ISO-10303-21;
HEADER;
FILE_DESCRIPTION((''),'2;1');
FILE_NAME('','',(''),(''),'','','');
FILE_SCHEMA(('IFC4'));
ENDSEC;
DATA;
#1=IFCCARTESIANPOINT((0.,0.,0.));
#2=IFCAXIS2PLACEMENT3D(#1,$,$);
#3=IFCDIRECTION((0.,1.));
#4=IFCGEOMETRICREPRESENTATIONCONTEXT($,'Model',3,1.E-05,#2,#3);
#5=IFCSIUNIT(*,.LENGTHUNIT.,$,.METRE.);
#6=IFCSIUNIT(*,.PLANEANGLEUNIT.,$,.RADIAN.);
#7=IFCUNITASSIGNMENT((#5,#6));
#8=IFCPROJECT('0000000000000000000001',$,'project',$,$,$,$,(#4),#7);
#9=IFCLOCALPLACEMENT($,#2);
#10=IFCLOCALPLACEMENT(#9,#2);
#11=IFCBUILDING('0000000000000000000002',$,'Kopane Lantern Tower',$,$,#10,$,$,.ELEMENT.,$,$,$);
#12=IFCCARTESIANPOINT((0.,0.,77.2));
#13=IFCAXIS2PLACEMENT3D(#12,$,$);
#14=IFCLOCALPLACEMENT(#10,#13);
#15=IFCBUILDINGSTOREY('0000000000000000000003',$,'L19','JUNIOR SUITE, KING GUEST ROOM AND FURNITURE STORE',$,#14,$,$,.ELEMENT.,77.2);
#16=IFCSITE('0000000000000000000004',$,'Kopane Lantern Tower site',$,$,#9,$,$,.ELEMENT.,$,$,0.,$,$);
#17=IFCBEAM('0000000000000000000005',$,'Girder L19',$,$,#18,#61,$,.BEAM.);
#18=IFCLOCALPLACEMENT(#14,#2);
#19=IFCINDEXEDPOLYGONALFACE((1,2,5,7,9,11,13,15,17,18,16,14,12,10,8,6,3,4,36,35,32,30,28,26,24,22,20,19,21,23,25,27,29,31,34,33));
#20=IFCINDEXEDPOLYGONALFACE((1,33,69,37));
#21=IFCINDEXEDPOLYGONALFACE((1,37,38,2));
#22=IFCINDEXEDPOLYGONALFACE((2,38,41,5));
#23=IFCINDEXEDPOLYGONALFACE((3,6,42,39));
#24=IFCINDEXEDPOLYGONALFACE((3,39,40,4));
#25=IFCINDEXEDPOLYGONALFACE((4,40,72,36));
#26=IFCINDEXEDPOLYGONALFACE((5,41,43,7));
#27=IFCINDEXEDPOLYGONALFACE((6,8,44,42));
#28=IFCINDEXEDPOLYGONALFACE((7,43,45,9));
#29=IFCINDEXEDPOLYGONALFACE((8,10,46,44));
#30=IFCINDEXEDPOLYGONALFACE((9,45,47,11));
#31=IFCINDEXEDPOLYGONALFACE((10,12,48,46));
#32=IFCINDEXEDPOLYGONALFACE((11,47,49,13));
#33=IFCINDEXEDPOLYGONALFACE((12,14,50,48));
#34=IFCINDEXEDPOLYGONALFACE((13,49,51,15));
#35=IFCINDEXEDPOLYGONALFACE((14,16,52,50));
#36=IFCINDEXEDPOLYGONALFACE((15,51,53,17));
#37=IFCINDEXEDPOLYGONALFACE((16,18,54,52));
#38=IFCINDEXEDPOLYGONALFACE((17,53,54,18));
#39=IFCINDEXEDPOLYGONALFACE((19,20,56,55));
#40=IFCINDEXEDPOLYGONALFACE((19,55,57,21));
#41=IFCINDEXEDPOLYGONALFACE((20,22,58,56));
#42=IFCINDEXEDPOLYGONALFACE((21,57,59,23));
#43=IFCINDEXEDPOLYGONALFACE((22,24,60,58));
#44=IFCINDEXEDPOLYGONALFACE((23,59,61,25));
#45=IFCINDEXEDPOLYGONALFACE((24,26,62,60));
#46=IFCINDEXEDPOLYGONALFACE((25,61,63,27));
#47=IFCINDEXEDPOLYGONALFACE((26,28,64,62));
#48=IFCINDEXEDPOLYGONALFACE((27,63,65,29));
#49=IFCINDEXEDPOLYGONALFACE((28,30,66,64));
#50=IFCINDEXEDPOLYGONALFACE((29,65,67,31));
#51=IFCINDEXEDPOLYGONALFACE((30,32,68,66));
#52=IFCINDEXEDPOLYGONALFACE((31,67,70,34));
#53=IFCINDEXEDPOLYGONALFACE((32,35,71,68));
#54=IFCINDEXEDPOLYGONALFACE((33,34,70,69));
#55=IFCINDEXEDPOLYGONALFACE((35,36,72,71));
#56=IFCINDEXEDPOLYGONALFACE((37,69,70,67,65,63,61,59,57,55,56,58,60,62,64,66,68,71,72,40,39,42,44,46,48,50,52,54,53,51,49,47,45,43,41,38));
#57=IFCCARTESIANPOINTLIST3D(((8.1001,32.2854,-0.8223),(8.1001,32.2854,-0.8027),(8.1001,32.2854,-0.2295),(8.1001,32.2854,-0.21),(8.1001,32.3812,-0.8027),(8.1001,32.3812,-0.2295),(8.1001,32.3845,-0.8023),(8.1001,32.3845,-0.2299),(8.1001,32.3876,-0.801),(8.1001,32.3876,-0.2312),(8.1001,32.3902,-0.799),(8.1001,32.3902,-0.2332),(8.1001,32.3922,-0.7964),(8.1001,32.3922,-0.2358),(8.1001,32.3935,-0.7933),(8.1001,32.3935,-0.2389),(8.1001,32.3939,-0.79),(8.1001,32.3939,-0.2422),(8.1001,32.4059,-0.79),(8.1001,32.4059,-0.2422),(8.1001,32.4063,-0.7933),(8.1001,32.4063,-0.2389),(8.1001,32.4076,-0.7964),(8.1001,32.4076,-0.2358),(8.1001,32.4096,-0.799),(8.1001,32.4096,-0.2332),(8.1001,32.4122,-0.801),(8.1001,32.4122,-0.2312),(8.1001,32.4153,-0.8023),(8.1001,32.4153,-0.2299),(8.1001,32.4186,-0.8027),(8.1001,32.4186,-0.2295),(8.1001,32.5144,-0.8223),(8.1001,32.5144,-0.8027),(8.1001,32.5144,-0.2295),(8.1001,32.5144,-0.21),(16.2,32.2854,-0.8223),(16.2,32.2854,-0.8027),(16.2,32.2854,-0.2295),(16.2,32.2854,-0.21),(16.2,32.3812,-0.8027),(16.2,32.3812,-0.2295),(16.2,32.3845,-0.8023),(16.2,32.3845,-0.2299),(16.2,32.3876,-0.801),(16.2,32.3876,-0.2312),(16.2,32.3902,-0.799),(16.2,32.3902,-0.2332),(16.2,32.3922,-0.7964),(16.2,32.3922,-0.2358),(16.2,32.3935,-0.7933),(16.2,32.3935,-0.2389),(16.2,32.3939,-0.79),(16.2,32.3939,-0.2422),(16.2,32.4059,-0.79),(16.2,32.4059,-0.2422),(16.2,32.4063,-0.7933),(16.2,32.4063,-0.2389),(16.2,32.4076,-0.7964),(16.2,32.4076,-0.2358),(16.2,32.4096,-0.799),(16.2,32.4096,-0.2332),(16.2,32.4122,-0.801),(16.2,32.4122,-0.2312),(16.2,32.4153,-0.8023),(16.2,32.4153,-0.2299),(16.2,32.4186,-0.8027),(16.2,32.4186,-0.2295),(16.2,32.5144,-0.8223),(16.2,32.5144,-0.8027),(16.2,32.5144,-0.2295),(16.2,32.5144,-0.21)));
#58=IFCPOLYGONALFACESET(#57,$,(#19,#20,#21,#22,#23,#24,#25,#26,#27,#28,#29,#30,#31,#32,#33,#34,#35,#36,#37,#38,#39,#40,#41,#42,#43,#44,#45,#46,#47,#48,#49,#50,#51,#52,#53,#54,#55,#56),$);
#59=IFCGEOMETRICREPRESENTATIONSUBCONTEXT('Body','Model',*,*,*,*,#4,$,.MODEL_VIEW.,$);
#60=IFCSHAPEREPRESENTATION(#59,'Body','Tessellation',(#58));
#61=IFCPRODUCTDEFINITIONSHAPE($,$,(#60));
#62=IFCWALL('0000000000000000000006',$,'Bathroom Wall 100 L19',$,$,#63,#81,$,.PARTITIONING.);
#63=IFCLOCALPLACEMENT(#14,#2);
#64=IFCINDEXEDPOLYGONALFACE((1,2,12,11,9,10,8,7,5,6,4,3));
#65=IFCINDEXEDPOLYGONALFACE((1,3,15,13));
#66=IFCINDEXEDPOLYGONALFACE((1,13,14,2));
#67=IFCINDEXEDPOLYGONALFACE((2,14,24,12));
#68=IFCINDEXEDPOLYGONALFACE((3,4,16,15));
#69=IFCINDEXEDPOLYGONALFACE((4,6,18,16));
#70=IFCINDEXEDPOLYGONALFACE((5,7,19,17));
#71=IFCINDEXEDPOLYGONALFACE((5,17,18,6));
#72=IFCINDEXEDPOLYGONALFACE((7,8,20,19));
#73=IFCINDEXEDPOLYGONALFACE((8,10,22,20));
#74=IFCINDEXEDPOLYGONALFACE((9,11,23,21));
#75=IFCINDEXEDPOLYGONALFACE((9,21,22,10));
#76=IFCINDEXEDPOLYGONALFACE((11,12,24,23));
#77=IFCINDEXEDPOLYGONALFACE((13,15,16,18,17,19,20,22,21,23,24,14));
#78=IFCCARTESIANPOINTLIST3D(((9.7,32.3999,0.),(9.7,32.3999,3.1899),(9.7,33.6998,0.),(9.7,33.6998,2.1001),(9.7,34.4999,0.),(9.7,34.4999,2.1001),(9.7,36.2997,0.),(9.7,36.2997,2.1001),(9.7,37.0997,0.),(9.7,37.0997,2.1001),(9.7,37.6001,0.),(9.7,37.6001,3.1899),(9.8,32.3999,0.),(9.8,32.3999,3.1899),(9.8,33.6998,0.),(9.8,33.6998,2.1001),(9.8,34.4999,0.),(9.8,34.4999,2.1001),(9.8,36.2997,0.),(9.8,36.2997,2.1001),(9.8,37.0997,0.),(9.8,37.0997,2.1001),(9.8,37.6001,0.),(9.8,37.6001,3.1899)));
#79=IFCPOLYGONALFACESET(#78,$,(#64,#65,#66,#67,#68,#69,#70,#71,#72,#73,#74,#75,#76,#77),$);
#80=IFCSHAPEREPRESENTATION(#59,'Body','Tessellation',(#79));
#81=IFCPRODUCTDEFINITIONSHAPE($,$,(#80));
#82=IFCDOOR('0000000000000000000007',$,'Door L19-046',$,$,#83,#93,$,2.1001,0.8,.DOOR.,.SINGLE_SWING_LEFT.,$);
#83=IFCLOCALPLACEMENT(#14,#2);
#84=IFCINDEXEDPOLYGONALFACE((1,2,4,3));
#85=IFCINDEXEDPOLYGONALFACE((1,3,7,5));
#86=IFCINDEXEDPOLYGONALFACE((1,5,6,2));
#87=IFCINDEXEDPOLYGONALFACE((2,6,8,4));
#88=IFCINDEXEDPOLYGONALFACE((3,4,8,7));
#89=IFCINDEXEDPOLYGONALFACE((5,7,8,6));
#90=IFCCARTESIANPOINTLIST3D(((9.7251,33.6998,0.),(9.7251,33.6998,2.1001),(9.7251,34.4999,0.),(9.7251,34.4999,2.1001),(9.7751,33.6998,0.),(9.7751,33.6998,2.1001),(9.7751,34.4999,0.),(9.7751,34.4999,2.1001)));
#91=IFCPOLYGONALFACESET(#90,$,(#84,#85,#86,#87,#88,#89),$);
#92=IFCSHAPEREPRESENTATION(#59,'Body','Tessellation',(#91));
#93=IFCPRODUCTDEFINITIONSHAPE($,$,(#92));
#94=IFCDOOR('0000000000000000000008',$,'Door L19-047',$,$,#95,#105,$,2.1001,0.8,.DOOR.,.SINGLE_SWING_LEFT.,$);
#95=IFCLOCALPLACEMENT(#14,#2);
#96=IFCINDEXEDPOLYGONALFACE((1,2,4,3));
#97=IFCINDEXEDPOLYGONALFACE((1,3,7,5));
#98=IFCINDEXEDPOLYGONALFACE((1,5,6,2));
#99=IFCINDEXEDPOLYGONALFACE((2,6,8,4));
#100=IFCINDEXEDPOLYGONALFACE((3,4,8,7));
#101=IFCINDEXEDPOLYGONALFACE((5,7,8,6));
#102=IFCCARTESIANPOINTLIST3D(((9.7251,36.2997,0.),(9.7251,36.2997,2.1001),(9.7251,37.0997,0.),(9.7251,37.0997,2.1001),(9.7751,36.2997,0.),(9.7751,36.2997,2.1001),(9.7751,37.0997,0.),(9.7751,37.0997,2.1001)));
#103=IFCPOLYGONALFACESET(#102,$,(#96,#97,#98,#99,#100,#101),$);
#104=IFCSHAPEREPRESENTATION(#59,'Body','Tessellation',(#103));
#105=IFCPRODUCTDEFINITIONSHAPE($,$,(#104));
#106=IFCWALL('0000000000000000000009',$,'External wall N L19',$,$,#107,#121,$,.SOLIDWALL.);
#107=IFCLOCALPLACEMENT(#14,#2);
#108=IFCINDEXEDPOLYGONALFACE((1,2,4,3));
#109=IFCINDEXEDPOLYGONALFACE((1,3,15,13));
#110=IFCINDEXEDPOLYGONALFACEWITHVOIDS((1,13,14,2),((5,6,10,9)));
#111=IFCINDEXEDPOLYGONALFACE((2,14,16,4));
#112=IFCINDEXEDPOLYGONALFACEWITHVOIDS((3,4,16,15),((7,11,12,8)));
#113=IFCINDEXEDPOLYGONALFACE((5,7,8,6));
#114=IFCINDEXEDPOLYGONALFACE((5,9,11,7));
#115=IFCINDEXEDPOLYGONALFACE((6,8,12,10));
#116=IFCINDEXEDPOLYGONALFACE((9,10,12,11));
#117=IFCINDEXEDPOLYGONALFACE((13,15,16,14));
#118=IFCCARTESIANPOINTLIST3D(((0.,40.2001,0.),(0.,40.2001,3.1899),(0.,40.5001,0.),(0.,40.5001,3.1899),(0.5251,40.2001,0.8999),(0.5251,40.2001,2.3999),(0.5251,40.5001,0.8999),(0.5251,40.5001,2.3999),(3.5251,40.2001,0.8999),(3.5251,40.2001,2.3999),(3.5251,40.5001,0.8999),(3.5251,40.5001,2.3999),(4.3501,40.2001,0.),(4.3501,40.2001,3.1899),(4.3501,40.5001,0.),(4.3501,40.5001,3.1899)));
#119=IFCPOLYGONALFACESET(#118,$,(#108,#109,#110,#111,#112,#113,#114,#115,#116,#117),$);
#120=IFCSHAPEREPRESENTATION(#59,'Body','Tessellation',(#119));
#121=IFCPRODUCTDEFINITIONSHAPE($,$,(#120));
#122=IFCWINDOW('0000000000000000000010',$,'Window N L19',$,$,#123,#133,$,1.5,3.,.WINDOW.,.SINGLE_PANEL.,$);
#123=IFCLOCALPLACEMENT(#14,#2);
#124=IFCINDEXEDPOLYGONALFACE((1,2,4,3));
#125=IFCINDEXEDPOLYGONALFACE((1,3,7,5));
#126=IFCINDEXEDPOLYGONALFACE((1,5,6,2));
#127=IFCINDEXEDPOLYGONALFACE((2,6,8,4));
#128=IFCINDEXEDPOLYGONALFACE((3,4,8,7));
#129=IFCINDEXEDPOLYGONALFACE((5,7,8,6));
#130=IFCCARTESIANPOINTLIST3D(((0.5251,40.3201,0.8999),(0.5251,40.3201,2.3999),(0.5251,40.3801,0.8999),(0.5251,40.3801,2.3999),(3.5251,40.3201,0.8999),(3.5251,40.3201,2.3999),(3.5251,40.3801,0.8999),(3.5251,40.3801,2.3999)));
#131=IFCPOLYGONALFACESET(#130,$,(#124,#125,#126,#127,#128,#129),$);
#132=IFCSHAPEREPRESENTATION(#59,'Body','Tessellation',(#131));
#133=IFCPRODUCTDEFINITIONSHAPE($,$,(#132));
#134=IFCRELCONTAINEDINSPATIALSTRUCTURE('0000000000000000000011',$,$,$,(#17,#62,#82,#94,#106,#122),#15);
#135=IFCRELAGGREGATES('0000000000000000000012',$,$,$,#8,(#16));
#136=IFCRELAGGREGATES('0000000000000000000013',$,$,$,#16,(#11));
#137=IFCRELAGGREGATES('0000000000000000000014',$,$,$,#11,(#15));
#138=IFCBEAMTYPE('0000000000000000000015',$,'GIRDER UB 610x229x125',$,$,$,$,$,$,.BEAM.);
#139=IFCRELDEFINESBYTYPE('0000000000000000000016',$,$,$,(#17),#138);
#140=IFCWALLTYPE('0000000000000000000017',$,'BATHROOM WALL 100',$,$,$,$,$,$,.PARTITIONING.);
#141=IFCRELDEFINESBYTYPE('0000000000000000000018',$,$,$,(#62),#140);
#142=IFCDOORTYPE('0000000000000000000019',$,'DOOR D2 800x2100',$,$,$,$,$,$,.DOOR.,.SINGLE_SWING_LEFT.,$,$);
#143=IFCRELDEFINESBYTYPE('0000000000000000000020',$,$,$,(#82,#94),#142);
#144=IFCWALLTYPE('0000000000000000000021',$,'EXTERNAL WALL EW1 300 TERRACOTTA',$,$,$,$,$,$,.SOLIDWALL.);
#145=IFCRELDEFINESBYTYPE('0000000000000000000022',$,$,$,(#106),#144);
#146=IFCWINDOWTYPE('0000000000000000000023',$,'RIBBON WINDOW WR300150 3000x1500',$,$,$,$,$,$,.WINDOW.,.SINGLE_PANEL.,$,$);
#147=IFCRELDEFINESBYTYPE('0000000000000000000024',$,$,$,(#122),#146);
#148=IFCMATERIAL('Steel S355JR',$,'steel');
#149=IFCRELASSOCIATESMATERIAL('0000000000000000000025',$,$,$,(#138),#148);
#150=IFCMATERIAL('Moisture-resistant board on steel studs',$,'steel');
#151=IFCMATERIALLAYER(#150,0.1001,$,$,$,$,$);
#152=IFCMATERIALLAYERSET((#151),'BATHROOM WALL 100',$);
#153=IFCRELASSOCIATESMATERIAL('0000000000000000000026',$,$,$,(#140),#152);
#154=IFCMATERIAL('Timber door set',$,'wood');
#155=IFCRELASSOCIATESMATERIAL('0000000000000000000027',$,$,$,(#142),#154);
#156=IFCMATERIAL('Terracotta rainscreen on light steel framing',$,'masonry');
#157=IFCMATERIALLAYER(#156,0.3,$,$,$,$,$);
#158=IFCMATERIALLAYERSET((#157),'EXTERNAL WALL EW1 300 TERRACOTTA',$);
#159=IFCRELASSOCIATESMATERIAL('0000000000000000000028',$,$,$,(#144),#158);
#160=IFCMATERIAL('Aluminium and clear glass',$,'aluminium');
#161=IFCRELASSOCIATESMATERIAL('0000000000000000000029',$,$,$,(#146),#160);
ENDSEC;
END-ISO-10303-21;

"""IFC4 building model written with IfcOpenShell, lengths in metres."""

from ifc_helpers import new_model, si_unit, direction, frame, frame_2d, origin, origin_2d, place, context, subcontext, project, spatial, rectangle, i_section, extrude, material, layer, layer_set, material_profile, profile_set, type_object, element, fill, save


model = new_model("IFC4")

# Units and contexts
model_context = context("Model", 3, precision=1e-05, world=origin(), true_north=direction((0.0, 1.0)))
body_context = subcontext(model_context, "Body", "Model", "MODEL_VIEW")
ifc_project = project(units=[si_unit("LENGTHUNIT", "METRE"), si_unit("PLANEANGLEUNIT", "RADIAN")], contexts=[model_context])

# Site, building, storey
site_placement = place(None, origin())
site = spatial("IfcSite", under=ifc_project, at=site_placement, Name="Kopane Lantern Tower site", CompositionType="ELEMENT", RefElevation=0.0)
building_placement = place(site_placement, origin())
building = spatial("IfcBuilding", under=site, at=building_placement, Name="Kopane Lantern Tower", CompositionType="ELEMENT")
storey_placement = place(building_placement, frame((0.0, 0.0, 77.2)))
storey = spatial("IfcBuildingStorey", under=building, at=storey_placement, Name="L19", Description="JUNIOR SUITE, KING GUEST ROOM AND FURNITURE STORE", CompositionType="ELEMENT", Elevation=77.2)

# Beam
ifc_material_1 = material(Name="Steel S355JR", Category="steel")
ifc_material_profile_1 = material_profile(ifc_material_1, i_section(OverallWidth=0.229, OverallDepth=0.6123, WebThickness=0.012, FlangeThickness=0.0195, FilletRadius=0.0127, at=origin_2d()), Name="UB 610x229x125")
ifc_profile_set_1 = profile_set([ifc_material_profile_1], Name="Steel S355JR")
beam_type = type_object("IfcBeamType", Name="GIRDER UB 610x229x125", PredefinedType="BEAM", material=ifc_profile_set_1)
beam_placement = place(storey_placement, frame((8.1001, 32.3999, -0.5161), z_axis=(1.0, 0.0, 0.0), x_axis=(0.0, 1.0, 0.0)))
element("IfcBeam", 1, at=beam_placement, inside=storey, type_object=beam_type, Name="Girder L19", PredefinedType="BEAM", context=body_context, shape_type="SweptSolid", body=[
    extrude(i_section(OverallWidth=0.229, OverallDepth=0.6123, WebThickness=0.012, FlangeThickness=0.0195, FilletRadius=0.0127, at=origin_2d()), origin(), (0.0, 0.0, 1.0), 8.0999),
])

# Wall, openings, doors
ifc_material_2 = material(Name="Moisture-resistant board on steel studs", Category="steel")
ifc_layer_1 = layer(ifc_material_2, 0.1001)
ifc_layer_set_1 = layer_set([ifc_layer_1], Name="BATHROOM WALL 100")
wall_type_1 = type_object("IfcWallType", Name="BATHROOM WALL 100", PredefinedType="PARTITIONING", material=ifc_layer_set_1)
wall_1_placement = place(storey_placement, frame((9.75, 32.3999, 0.0), z_axis=(0.0, 0.0, 1.0), x_axis=(0.0, 1.0, 0.0)))
wall_1 = element("IfcWall", 2, at=wall_1_placement, inside=storey, type_object=wall_type_1, Name="Bathroom Wall 100 L19", PredefinedType="PARTITIONING", context=body_context, shape_type="SweptSolid", body=[
    extrude(rectangle(XDim=5.2002, YDim=0.1001, at=frame_2d((2.6001, 0.0))), origin(), (0.0, 0.0, 1.0), 3.1899),
])
opening_1_placement = place(wall_1_placement, frame((1.3, 0.0, 0.0)))
opening_1 = element("IfcOpeningElement", 3, at=opening_1_placement, cuts=wall_1, PredefinedType="OPENING", context=body_context, shape_type="SweptSolid", body=[
    extrude(rectangle(XDim=0.8, YDim=2.1001, at=frame_2d((0.3999, 1.05))), frame((0.0, 0.0601, 0.0), z_axis=(0.0, -1.0, 0.0), x_axis=(1.0, 0.0, 0.0)), (0.0, 0.0, 1.0), 0.1201),
])
opening_2_placement = place(wall_1_placement, frame((3.8999, 0.0, 0.0)))
opening_2 = element("IfcOpeningElement", 4, at=opening_2_placement, cuts=wall_1, PredefinedType="OPENING", context=body_context, shape_type="SweptSolid", body=[
    extrude(rectangle(XDim=0.8, YDim=2.1001, at=frame_2d((0.3999, 1.05))), frame((0.0, 0.0601, 0.0), z_axis=(0.0, -1.0, 0.0), x_axis=(1.0, 0.0, 0.0)), (0.0, 0.0, 1.0), 0.1201),
])
ifc_material_3 = material(Name="Timber door set", Category="wood")
door_type = type_object("IfcDoorType", Name="DOOR D2 800x2100", OperationType="SINGLE_SWING_LEFT", PredefinedType="DOOR", material=ifc_material_3)
door_1_placement = place(opening_1_placement, origin())
door_1 = element("IfcDoor", 5, at=door_1_placement, inside=storey, type_object=door_type, Name="Door L19-046", OperationType="SINGLE_SWING_LEFT", OverallHeight=2.1001, OverallWidth=0.8, PredefinedType="DOOR", context=body_context, shape_type="SweptSolid", body=[
    extrude(rectangle(XDim=0.8, YDim=2.1001, at=frame_2d((0.3999, 1.05))), frame((0.0, 0.0249, 0.0), z_axis=(0.0, -1.0, 0.0), x_axis=(1.0, 0.0, 0.0)), (0.0, 0.0, 1.0), 0.05),
])
fill(opening_1, door_1)
door_2_placement = place(opening_2_placement, origin())
door_2 = element("IfcDoor", 6, at=door_2_placement, inside=storey, type_object=door_type, Name="Door L19-047", OperationType="SINGLE_SWING_LEFT", OverallHeight=2.1001, OverallWidth=0.8, PredefinedType="DOOR", context=body_context, shape_type="SweptSolid", body=[
    extrude(rectangle(XDim=0.8, YDim=2.1001, at=frame_2d((0.3999, 1.05))), frame((0.0, 0.0249, 0.0), z_axis=(0.0, -1.0, 0.0), x_axis=(1.0, 0.0, 0.0)), (0.0, 0.0, 1.0), 0.05),
])
fill(opening_2, door_2)

# Wall, opening, window
ifc_material_4 = material(Name="Terracotta rainscreen on light steel framing", Category="masonry")
ifc_layer_2 = layer(ifc_material_4, 0.3)
ifc_layer_set_2 = layer_set([ifc_layer_2], Name="EXTERNAL WALL EW1 300 TERRACOTTA")
wall_type_2 = type_object("IfcWallType", Name="EXTERNAL WALL EW1 300 TERRACOTTA", PredefinedType="SOLIDWALL", material=ifc_layer_set_2)
wall_2_placement = place(storey_placement, frame((4.3501, 40.3501, 0.0), z_axis=(0.0, 0.0, 1.0), x_axis=(-1.0, 0.0, 0.0)))
wall_2 = element("IfcWall", 7, at=wall_2_placement, inside=storey, type_object=wall_type_2, Name="External wall N L19", PredefinedType="SOLIDWALL", context=body_context, shape_type="SweptSolid", body=[
    extrude(rectangle(XDim=4.3501, YDim=0.3, at=frame_2d((2.175, 0.0))), origin(), (0.0, 0.0, 1.0), 3.1899),
])
opening_3_placement = place(wall_2_placement, frame((0.825, 0.0, 0.8999)))
opening_3 = element("IfcOpeningElement", 8, at=opening_3_placement, cuts=wall_2, PredefinedType="OPENING", context=body_context, shape_type="SweptSolid", body=[
    extrude(rectangle(XDim=3.0, YDim=1.5, at=frame_2d((1.5, 0.75))), frame((0.0, 0.1599, 0.0), z_axis=(0.0, -1.0, 0.0), x_axis=(1.0, 0.0, 0.0)), (0.0, 0.0, 1.0), 0.3201),
])
ifc_material_5 = material(Name="Aluminium and clear glass", Category="aluminium")
window_type = type_object("IfcWindowType", Name="RIBBON WINDOW WR300150 3000x1500", PartitioningType="SINGLE_PANEL", PredefinedType="WINDOW", material=ifc_material_5)
window_1_placement = place(opening_3_placement, origin())
window_1 = element("IfcWindow", 9, at=window_1_placement, inside=storey, type_object=window_type, Name="Window N L19", OverallHeight=1.5, OverallWidth=3.0, PartitioningType="SINGLE_PANEL", PredefinedType="WINDOW", context=body_context, shape_type="SweptSolid", body=[
    extrude(rectangle(XDim=3.0, YDim=1.5, at=frame_2d((1.5, 0.75))), frame((0.0, 0.03, 0.0), z_axis=(0.0, -1.0, 0.0), x_axis=(1.0, 0.0, 0.0)), (0.0, 0.0, 1.0), 0.0601),
])
fill(opening_3, window_1)

save(model, "model.ifc")
